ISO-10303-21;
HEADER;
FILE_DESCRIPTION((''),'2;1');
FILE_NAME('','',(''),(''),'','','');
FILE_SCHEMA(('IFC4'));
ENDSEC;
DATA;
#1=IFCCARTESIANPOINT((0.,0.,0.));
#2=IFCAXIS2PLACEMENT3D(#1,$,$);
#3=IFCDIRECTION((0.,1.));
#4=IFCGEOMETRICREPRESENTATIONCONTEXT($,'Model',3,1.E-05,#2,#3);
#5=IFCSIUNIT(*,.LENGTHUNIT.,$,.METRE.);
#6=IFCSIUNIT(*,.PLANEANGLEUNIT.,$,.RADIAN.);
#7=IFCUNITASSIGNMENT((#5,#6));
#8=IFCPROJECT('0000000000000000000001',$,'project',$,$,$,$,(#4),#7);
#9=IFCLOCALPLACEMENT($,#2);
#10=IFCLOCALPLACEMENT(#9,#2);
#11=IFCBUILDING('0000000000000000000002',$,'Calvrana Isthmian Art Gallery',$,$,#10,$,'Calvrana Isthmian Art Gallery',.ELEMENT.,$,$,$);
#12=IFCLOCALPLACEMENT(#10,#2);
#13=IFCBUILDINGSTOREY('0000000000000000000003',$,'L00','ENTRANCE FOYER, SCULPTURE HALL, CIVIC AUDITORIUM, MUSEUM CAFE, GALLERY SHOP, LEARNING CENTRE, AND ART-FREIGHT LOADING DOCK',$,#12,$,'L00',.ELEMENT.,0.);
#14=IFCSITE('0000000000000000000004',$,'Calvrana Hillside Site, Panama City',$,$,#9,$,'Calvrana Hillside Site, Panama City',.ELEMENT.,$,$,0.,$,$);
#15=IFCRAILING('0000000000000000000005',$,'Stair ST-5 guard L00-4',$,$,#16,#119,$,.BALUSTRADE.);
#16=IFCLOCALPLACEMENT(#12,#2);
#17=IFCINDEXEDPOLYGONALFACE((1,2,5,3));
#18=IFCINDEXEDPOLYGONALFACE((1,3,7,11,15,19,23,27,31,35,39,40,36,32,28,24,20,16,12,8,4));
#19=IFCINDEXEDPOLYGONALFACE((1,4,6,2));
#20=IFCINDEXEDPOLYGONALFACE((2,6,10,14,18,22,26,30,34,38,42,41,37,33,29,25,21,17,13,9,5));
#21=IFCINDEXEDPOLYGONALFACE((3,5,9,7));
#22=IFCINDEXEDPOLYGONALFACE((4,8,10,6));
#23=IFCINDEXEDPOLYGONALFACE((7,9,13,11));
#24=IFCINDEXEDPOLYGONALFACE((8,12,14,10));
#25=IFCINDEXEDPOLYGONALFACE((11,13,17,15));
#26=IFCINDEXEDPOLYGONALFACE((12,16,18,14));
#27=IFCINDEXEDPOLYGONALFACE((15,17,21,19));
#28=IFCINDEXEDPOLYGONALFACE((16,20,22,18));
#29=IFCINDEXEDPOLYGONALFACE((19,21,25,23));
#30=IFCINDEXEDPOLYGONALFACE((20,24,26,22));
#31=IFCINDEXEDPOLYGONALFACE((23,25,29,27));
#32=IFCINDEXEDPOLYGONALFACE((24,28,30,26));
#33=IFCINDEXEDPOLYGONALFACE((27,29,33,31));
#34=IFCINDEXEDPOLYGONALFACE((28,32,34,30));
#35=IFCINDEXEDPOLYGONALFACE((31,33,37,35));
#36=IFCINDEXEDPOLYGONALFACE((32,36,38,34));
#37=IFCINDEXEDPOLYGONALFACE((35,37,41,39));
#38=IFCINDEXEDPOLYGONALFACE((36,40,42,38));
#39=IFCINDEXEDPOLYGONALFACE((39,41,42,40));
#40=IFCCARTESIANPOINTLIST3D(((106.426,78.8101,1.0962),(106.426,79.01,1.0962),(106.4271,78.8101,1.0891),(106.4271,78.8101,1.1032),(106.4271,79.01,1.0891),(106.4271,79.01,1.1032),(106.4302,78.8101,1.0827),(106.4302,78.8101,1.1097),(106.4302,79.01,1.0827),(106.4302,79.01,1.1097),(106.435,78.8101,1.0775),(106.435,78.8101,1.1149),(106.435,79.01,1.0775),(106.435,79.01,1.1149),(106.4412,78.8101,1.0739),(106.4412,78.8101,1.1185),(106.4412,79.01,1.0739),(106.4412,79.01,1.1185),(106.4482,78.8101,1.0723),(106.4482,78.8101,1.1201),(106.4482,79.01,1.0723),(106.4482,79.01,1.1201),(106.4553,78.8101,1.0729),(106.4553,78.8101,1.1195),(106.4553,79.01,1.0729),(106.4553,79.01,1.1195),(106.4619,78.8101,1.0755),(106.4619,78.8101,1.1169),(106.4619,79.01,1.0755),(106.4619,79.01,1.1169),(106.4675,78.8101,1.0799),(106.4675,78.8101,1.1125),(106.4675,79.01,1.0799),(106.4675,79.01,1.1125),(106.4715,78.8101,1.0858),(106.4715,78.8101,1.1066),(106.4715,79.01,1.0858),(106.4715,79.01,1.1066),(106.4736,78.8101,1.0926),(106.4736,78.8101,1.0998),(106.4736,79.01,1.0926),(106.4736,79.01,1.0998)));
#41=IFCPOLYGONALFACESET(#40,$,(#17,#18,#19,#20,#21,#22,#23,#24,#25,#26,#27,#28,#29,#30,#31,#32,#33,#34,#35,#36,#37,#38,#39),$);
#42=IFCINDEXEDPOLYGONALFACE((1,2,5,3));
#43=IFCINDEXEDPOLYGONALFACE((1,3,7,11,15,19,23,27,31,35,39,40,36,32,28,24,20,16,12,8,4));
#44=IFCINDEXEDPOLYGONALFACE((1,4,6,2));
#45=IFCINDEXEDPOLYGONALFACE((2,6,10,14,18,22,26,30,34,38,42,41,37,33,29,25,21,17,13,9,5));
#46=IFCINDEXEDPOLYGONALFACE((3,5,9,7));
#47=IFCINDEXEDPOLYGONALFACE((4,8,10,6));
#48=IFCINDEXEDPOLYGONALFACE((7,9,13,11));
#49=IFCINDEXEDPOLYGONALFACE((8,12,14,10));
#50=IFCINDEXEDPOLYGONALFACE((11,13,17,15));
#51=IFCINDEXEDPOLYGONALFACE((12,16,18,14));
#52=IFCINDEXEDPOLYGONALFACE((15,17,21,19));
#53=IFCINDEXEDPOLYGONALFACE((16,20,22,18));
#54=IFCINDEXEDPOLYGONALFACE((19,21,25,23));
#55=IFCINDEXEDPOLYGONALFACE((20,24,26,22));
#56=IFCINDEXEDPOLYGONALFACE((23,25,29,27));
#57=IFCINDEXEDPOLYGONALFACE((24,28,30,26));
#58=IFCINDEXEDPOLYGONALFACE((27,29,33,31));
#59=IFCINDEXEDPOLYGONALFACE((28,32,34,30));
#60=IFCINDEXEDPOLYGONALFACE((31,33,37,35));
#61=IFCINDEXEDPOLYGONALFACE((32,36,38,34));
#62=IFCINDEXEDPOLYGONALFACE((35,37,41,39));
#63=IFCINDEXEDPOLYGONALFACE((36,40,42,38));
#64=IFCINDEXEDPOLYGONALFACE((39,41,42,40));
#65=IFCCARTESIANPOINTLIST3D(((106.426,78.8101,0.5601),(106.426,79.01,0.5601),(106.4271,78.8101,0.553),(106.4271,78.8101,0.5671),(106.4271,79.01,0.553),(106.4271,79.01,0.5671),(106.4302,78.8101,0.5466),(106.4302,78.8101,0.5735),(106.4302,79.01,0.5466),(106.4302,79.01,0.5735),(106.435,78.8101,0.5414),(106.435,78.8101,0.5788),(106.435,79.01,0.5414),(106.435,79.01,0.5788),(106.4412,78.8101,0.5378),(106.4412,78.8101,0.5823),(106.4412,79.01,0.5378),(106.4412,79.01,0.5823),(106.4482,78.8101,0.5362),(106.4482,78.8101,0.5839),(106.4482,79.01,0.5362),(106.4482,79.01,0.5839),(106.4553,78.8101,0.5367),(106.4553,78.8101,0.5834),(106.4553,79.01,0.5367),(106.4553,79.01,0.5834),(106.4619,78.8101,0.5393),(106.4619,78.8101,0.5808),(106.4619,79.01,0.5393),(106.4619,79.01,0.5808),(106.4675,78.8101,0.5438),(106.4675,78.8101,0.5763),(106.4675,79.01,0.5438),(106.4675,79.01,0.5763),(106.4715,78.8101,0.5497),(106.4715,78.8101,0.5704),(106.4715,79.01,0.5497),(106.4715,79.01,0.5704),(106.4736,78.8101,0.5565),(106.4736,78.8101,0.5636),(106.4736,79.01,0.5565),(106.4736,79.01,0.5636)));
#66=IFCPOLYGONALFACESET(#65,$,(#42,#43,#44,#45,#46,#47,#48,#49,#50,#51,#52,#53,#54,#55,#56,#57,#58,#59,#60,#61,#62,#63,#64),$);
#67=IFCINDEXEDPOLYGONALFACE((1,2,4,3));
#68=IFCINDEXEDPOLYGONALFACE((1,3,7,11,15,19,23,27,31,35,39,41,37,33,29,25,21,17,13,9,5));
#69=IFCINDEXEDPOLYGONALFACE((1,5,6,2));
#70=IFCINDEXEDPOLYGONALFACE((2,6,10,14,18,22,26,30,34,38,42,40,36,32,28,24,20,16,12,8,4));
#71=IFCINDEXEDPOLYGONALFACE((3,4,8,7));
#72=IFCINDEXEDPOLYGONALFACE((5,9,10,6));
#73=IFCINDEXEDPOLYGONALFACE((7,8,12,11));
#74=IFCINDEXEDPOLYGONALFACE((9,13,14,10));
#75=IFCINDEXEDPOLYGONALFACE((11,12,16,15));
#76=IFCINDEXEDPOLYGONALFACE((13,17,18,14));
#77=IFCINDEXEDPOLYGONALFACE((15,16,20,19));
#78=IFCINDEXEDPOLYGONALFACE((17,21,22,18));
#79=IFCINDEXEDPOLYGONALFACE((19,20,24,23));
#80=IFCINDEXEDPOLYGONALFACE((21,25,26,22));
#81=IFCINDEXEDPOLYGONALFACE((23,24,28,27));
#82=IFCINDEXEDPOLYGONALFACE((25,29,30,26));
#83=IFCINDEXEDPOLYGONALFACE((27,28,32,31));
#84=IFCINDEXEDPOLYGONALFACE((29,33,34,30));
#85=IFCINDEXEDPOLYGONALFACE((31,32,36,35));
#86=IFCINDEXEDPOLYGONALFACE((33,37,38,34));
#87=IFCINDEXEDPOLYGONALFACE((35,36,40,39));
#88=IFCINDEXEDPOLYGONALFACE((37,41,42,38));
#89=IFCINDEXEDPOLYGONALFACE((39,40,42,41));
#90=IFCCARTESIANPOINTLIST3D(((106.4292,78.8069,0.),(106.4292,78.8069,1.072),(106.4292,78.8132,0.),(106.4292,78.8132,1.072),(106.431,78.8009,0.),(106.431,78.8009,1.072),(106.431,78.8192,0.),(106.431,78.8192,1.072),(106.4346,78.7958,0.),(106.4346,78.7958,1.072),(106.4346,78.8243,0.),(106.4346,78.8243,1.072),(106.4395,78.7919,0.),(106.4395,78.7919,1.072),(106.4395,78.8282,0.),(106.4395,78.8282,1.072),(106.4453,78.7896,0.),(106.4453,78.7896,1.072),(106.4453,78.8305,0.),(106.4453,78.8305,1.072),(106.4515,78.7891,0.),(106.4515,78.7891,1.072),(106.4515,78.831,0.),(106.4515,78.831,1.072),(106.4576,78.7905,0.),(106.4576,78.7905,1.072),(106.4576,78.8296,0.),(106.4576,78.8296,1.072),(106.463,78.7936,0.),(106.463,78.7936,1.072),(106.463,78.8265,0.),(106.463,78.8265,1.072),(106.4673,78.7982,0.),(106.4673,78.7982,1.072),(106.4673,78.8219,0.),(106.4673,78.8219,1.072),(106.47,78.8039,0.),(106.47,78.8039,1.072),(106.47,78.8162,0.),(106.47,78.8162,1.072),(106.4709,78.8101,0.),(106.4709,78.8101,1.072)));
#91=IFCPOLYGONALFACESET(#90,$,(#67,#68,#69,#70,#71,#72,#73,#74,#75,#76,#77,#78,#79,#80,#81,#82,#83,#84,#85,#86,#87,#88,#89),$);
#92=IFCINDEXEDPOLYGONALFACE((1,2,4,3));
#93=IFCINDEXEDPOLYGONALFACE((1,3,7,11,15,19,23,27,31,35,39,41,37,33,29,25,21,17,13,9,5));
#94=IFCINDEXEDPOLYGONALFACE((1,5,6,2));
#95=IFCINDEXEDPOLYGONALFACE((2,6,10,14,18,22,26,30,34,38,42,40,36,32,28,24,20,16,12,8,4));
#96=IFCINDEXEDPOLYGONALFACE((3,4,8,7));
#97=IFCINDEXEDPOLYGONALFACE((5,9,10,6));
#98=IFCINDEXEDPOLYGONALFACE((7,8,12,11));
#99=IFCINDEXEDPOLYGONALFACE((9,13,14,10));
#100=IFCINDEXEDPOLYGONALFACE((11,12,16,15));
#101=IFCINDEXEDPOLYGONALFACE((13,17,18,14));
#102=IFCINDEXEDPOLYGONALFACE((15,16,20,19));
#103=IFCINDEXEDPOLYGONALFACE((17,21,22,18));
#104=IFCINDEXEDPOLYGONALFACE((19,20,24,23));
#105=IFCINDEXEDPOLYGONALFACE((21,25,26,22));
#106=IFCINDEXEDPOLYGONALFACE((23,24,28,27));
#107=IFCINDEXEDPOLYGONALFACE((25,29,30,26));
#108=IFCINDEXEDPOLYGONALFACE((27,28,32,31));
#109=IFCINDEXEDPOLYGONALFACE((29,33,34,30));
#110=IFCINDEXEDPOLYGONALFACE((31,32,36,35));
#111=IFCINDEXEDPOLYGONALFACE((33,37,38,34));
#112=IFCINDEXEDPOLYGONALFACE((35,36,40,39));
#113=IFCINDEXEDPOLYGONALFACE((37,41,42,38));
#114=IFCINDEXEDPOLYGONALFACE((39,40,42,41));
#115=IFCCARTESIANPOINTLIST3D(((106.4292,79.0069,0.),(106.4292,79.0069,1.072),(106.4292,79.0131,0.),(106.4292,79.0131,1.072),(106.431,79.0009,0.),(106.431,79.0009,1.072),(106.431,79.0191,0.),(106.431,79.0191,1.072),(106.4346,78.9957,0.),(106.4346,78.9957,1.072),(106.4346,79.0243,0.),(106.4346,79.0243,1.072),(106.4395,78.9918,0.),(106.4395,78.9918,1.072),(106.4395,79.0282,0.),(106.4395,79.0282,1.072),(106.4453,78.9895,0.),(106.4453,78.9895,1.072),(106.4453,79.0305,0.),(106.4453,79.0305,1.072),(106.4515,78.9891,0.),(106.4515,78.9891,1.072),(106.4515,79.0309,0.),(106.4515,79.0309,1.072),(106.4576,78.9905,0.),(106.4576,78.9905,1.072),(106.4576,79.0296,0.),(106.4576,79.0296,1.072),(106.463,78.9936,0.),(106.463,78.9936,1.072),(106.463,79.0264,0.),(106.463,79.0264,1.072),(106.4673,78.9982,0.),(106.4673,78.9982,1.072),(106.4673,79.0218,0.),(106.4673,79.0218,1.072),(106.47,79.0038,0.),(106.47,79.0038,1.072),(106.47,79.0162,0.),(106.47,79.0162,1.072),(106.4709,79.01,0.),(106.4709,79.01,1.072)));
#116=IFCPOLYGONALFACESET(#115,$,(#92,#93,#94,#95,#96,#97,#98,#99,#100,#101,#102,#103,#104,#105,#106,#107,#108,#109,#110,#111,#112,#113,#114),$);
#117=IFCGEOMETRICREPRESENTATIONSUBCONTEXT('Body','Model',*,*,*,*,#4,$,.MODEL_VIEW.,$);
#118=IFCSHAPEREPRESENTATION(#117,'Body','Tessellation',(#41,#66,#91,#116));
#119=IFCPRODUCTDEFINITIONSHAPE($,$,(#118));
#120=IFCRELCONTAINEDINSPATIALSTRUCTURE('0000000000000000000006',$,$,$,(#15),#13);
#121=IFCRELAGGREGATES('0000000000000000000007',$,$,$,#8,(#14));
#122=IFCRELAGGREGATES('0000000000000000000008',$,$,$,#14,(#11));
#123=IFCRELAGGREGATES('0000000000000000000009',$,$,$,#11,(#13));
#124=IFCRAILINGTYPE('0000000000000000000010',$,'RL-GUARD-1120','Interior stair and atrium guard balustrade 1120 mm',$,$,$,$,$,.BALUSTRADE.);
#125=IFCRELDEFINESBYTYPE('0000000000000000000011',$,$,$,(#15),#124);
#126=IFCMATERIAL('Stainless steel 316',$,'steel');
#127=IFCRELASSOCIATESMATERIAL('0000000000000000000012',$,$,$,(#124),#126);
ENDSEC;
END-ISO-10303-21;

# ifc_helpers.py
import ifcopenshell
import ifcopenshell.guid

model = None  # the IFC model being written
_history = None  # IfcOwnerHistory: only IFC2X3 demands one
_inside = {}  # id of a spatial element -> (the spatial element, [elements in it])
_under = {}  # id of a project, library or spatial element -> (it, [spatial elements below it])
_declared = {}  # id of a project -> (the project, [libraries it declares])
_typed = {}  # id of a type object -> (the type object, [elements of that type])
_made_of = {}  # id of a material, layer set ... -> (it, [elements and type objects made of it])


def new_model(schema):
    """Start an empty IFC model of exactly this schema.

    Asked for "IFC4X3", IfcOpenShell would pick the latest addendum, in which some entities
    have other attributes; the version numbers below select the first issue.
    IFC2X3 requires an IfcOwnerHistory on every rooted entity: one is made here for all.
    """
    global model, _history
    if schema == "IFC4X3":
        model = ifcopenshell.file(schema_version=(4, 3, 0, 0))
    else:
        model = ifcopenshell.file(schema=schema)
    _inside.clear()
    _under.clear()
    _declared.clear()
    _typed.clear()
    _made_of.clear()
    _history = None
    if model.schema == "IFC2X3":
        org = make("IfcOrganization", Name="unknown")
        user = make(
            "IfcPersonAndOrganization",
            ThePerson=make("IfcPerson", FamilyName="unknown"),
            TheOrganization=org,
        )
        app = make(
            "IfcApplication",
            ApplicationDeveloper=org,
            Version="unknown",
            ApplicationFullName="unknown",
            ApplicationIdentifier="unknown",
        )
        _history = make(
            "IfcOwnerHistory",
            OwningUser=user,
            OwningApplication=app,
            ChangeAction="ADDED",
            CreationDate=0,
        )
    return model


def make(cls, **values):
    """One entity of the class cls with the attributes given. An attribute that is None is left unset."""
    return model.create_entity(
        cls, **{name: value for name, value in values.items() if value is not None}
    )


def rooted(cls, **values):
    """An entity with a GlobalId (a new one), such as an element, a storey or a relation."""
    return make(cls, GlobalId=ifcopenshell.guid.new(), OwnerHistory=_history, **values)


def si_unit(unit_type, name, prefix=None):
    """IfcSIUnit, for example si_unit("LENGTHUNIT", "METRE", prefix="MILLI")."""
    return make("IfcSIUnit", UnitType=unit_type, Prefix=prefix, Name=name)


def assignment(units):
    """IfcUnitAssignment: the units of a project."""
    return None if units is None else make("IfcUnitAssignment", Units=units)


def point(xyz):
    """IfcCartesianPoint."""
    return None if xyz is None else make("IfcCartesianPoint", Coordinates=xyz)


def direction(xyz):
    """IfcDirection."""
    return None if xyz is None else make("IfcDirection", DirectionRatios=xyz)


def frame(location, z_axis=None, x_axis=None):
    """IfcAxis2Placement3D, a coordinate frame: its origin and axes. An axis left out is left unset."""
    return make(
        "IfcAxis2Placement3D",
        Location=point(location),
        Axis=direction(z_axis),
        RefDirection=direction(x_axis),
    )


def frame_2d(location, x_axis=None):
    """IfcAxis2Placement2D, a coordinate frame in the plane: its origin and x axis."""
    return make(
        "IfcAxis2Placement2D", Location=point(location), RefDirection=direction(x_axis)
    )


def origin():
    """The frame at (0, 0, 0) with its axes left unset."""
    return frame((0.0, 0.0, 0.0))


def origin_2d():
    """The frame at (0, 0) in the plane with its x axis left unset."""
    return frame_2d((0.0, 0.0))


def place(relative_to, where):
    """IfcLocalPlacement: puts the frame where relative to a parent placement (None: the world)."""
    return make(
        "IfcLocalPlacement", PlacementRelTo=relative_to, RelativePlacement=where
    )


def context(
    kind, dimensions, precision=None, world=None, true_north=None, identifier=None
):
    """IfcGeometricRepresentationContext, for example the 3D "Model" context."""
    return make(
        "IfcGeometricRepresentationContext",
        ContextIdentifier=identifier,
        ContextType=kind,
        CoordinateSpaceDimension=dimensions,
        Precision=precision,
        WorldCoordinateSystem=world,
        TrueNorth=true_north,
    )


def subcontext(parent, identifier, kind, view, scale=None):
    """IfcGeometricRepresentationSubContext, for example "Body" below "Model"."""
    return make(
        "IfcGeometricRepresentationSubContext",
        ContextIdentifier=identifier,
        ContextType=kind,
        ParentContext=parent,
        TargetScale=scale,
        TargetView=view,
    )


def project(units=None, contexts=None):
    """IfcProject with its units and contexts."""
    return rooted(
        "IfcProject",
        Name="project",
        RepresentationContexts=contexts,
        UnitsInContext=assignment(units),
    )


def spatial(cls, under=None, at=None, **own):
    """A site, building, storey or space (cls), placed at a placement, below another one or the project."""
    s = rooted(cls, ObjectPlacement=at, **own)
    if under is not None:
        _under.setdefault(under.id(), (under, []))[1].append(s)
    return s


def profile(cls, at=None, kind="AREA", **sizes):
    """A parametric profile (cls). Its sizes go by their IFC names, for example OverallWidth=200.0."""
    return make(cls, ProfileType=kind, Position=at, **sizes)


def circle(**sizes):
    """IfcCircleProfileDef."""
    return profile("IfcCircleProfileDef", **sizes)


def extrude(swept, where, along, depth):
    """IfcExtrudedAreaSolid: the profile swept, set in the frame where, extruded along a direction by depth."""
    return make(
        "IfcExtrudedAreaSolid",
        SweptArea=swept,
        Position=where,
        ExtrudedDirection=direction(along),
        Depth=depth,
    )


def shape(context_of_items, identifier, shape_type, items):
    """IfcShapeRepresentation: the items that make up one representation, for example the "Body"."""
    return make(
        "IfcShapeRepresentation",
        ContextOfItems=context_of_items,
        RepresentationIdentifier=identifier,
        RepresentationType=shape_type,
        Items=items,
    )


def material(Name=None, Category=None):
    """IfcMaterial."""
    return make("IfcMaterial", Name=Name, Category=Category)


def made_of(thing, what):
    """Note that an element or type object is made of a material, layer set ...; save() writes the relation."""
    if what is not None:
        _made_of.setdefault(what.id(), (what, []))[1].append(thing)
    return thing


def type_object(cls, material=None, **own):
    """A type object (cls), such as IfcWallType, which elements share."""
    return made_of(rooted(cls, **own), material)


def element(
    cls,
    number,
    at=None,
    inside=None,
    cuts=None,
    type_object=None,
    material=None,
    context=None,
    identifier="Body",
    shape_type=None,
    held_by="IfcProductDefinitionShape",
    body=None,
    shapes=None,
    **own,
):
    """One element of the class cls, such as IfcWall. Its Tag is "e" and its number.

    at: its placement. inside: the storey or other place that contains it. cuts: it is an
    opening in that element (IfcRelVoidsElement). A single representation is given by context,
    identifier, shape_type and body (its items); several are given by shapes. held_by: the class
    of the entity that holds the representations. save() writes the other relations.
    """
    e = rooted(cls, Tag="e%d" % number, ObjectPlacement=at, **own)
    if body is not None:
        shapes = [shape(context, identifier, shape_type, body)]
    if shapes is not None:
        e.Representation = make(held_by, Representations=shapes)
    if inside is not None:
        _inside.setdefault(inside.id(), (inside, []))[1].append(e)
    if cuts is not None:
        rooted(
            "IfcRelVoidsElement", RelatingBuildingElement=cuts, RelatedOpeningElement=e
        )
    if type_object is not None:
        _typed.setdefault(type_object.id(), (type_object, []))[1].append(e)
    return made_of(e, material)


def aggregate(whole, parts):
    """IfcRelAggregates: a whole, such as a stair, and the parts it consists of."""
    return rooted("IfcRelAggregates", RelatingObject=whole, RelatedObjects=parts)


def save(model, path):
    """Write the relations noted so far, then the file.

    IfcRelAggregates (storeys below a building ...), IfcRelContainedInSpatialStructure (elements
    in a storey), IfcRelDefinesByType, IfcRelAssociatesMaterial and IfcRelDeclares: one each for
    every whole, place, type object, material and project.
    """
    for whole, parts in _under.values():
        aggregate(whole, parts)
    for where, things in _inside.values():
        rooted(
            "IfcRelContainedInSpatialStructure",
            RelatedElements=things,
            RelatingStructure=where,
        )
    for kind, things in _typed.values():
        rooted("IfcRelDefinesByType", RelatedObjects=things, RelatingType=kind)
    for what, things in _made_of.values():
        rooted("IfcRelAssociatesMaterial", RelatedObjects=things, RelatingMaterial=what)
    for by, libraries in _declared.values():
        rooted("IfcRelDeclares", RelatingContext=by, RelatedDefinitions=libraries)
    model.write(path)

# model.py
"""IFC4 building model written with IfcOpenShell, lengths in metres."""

from ifc_helpers import new_model, si_unit, direction, frame, origin, origin_2d, place, context, subcontext, project, spatial, circle, extrude, material, type_object, element, save


model = new_model("IFC4")

# Units and contexts
model_context = context("Model", 3, precision=1e-05, world=origin(), true_north=direction((0.0, 1.0)))
body_context = subcontext(model_context, "Body", "Model", "MODEL_VIEW")
ifc_project = project(units=[si_unit("LENGTHUNIT", "METRE"), si_unit("PLANEANGLEUNIT", "RADIAN")], contexts=[model_context])

# Site, building, storey
site_placement = place(None, origin())
site = spatial("IfcSite", under=ifc_project, at=site_placement, Name="Calvrana Hillside Site, Panama City", LongName="Calvrana Hillside Site, Panama City", CompositionType="ELEMENT", RefElevation=0.0)
building_placement = place(site_placement, origin())
building = spatial("IfcBuilding", under=site, at=building_placement, Name="Calvrana Isthmian Art Gallery", LongName="Calvrana Isthmian Art Gallery", CompositionType="ELEMENT")
storey_placement = place(building_placement, origin())
storey = spatial("IfcBuildingStorey", under=building, at=storey_placement, Name="L00", Description="ENTRANCE FOYER, SCULPTURE HALL, CIVIC AUDITORIUM, MUSEUM CAFE, GALLERY SHOP, LEARNING CENTRE, AND ART-FREIGHT LOADING DOCK", LongName="L00", CompositionType="ELEMENT", Elevation=0.0)

# Railing
ifc_material_1 = material(Name="Stainless steel 316", Category="steel")
railing_type_1 = type_object("IfcRailingType", Name="RL-GUARD-1120", Description="Interior stair and atrium guard balustrade 1120 mm", PredefinedType="BALUSTRADE", material=ifc_material_1)
railing_1_placement = place(storey_placement, frame((106.45, 78.8101, 0.0)))
element("IfcRailing", 1, at=railing_1_placement, inside=storey, type_object=railing_type_1, Name="Stair ST-5 guard L00-4", PredefinedType="BALUSTRADE", context=body_context, shape_type="SweptSolid", body=[
    extrude(circle(Radius=0.0239, at=origin_2d()), frame((0.0, 0.0, 1.0962), z_axis=(0.0, 1.0, 0.0), x_axis=(-1.0, 0.0, 0.0)), (0.0, 0.0, 1.0), 0.2),
    extrude(circle(Radius=0.0239, at=origin_2d()), frame((0.0, 0.0, 0.5601), z_axis=(0.0, 1.0, 0.0), x_axis=(-1.0, 0.0, 0.0)), (0.0, 0.0, 1.0), 0.2),
    extrude(circle(Radius=0.021, at=origin_2d()), origin(), (0.0, 0.0, 1.0), 1.072),
    extrude(circle(Radius=0.021, at=origin_2d()), frame((0.0, 0.2, 0.0)), (0.0, 0.0, 1.0), 1.072),
])

save(model, "model.ifc")
